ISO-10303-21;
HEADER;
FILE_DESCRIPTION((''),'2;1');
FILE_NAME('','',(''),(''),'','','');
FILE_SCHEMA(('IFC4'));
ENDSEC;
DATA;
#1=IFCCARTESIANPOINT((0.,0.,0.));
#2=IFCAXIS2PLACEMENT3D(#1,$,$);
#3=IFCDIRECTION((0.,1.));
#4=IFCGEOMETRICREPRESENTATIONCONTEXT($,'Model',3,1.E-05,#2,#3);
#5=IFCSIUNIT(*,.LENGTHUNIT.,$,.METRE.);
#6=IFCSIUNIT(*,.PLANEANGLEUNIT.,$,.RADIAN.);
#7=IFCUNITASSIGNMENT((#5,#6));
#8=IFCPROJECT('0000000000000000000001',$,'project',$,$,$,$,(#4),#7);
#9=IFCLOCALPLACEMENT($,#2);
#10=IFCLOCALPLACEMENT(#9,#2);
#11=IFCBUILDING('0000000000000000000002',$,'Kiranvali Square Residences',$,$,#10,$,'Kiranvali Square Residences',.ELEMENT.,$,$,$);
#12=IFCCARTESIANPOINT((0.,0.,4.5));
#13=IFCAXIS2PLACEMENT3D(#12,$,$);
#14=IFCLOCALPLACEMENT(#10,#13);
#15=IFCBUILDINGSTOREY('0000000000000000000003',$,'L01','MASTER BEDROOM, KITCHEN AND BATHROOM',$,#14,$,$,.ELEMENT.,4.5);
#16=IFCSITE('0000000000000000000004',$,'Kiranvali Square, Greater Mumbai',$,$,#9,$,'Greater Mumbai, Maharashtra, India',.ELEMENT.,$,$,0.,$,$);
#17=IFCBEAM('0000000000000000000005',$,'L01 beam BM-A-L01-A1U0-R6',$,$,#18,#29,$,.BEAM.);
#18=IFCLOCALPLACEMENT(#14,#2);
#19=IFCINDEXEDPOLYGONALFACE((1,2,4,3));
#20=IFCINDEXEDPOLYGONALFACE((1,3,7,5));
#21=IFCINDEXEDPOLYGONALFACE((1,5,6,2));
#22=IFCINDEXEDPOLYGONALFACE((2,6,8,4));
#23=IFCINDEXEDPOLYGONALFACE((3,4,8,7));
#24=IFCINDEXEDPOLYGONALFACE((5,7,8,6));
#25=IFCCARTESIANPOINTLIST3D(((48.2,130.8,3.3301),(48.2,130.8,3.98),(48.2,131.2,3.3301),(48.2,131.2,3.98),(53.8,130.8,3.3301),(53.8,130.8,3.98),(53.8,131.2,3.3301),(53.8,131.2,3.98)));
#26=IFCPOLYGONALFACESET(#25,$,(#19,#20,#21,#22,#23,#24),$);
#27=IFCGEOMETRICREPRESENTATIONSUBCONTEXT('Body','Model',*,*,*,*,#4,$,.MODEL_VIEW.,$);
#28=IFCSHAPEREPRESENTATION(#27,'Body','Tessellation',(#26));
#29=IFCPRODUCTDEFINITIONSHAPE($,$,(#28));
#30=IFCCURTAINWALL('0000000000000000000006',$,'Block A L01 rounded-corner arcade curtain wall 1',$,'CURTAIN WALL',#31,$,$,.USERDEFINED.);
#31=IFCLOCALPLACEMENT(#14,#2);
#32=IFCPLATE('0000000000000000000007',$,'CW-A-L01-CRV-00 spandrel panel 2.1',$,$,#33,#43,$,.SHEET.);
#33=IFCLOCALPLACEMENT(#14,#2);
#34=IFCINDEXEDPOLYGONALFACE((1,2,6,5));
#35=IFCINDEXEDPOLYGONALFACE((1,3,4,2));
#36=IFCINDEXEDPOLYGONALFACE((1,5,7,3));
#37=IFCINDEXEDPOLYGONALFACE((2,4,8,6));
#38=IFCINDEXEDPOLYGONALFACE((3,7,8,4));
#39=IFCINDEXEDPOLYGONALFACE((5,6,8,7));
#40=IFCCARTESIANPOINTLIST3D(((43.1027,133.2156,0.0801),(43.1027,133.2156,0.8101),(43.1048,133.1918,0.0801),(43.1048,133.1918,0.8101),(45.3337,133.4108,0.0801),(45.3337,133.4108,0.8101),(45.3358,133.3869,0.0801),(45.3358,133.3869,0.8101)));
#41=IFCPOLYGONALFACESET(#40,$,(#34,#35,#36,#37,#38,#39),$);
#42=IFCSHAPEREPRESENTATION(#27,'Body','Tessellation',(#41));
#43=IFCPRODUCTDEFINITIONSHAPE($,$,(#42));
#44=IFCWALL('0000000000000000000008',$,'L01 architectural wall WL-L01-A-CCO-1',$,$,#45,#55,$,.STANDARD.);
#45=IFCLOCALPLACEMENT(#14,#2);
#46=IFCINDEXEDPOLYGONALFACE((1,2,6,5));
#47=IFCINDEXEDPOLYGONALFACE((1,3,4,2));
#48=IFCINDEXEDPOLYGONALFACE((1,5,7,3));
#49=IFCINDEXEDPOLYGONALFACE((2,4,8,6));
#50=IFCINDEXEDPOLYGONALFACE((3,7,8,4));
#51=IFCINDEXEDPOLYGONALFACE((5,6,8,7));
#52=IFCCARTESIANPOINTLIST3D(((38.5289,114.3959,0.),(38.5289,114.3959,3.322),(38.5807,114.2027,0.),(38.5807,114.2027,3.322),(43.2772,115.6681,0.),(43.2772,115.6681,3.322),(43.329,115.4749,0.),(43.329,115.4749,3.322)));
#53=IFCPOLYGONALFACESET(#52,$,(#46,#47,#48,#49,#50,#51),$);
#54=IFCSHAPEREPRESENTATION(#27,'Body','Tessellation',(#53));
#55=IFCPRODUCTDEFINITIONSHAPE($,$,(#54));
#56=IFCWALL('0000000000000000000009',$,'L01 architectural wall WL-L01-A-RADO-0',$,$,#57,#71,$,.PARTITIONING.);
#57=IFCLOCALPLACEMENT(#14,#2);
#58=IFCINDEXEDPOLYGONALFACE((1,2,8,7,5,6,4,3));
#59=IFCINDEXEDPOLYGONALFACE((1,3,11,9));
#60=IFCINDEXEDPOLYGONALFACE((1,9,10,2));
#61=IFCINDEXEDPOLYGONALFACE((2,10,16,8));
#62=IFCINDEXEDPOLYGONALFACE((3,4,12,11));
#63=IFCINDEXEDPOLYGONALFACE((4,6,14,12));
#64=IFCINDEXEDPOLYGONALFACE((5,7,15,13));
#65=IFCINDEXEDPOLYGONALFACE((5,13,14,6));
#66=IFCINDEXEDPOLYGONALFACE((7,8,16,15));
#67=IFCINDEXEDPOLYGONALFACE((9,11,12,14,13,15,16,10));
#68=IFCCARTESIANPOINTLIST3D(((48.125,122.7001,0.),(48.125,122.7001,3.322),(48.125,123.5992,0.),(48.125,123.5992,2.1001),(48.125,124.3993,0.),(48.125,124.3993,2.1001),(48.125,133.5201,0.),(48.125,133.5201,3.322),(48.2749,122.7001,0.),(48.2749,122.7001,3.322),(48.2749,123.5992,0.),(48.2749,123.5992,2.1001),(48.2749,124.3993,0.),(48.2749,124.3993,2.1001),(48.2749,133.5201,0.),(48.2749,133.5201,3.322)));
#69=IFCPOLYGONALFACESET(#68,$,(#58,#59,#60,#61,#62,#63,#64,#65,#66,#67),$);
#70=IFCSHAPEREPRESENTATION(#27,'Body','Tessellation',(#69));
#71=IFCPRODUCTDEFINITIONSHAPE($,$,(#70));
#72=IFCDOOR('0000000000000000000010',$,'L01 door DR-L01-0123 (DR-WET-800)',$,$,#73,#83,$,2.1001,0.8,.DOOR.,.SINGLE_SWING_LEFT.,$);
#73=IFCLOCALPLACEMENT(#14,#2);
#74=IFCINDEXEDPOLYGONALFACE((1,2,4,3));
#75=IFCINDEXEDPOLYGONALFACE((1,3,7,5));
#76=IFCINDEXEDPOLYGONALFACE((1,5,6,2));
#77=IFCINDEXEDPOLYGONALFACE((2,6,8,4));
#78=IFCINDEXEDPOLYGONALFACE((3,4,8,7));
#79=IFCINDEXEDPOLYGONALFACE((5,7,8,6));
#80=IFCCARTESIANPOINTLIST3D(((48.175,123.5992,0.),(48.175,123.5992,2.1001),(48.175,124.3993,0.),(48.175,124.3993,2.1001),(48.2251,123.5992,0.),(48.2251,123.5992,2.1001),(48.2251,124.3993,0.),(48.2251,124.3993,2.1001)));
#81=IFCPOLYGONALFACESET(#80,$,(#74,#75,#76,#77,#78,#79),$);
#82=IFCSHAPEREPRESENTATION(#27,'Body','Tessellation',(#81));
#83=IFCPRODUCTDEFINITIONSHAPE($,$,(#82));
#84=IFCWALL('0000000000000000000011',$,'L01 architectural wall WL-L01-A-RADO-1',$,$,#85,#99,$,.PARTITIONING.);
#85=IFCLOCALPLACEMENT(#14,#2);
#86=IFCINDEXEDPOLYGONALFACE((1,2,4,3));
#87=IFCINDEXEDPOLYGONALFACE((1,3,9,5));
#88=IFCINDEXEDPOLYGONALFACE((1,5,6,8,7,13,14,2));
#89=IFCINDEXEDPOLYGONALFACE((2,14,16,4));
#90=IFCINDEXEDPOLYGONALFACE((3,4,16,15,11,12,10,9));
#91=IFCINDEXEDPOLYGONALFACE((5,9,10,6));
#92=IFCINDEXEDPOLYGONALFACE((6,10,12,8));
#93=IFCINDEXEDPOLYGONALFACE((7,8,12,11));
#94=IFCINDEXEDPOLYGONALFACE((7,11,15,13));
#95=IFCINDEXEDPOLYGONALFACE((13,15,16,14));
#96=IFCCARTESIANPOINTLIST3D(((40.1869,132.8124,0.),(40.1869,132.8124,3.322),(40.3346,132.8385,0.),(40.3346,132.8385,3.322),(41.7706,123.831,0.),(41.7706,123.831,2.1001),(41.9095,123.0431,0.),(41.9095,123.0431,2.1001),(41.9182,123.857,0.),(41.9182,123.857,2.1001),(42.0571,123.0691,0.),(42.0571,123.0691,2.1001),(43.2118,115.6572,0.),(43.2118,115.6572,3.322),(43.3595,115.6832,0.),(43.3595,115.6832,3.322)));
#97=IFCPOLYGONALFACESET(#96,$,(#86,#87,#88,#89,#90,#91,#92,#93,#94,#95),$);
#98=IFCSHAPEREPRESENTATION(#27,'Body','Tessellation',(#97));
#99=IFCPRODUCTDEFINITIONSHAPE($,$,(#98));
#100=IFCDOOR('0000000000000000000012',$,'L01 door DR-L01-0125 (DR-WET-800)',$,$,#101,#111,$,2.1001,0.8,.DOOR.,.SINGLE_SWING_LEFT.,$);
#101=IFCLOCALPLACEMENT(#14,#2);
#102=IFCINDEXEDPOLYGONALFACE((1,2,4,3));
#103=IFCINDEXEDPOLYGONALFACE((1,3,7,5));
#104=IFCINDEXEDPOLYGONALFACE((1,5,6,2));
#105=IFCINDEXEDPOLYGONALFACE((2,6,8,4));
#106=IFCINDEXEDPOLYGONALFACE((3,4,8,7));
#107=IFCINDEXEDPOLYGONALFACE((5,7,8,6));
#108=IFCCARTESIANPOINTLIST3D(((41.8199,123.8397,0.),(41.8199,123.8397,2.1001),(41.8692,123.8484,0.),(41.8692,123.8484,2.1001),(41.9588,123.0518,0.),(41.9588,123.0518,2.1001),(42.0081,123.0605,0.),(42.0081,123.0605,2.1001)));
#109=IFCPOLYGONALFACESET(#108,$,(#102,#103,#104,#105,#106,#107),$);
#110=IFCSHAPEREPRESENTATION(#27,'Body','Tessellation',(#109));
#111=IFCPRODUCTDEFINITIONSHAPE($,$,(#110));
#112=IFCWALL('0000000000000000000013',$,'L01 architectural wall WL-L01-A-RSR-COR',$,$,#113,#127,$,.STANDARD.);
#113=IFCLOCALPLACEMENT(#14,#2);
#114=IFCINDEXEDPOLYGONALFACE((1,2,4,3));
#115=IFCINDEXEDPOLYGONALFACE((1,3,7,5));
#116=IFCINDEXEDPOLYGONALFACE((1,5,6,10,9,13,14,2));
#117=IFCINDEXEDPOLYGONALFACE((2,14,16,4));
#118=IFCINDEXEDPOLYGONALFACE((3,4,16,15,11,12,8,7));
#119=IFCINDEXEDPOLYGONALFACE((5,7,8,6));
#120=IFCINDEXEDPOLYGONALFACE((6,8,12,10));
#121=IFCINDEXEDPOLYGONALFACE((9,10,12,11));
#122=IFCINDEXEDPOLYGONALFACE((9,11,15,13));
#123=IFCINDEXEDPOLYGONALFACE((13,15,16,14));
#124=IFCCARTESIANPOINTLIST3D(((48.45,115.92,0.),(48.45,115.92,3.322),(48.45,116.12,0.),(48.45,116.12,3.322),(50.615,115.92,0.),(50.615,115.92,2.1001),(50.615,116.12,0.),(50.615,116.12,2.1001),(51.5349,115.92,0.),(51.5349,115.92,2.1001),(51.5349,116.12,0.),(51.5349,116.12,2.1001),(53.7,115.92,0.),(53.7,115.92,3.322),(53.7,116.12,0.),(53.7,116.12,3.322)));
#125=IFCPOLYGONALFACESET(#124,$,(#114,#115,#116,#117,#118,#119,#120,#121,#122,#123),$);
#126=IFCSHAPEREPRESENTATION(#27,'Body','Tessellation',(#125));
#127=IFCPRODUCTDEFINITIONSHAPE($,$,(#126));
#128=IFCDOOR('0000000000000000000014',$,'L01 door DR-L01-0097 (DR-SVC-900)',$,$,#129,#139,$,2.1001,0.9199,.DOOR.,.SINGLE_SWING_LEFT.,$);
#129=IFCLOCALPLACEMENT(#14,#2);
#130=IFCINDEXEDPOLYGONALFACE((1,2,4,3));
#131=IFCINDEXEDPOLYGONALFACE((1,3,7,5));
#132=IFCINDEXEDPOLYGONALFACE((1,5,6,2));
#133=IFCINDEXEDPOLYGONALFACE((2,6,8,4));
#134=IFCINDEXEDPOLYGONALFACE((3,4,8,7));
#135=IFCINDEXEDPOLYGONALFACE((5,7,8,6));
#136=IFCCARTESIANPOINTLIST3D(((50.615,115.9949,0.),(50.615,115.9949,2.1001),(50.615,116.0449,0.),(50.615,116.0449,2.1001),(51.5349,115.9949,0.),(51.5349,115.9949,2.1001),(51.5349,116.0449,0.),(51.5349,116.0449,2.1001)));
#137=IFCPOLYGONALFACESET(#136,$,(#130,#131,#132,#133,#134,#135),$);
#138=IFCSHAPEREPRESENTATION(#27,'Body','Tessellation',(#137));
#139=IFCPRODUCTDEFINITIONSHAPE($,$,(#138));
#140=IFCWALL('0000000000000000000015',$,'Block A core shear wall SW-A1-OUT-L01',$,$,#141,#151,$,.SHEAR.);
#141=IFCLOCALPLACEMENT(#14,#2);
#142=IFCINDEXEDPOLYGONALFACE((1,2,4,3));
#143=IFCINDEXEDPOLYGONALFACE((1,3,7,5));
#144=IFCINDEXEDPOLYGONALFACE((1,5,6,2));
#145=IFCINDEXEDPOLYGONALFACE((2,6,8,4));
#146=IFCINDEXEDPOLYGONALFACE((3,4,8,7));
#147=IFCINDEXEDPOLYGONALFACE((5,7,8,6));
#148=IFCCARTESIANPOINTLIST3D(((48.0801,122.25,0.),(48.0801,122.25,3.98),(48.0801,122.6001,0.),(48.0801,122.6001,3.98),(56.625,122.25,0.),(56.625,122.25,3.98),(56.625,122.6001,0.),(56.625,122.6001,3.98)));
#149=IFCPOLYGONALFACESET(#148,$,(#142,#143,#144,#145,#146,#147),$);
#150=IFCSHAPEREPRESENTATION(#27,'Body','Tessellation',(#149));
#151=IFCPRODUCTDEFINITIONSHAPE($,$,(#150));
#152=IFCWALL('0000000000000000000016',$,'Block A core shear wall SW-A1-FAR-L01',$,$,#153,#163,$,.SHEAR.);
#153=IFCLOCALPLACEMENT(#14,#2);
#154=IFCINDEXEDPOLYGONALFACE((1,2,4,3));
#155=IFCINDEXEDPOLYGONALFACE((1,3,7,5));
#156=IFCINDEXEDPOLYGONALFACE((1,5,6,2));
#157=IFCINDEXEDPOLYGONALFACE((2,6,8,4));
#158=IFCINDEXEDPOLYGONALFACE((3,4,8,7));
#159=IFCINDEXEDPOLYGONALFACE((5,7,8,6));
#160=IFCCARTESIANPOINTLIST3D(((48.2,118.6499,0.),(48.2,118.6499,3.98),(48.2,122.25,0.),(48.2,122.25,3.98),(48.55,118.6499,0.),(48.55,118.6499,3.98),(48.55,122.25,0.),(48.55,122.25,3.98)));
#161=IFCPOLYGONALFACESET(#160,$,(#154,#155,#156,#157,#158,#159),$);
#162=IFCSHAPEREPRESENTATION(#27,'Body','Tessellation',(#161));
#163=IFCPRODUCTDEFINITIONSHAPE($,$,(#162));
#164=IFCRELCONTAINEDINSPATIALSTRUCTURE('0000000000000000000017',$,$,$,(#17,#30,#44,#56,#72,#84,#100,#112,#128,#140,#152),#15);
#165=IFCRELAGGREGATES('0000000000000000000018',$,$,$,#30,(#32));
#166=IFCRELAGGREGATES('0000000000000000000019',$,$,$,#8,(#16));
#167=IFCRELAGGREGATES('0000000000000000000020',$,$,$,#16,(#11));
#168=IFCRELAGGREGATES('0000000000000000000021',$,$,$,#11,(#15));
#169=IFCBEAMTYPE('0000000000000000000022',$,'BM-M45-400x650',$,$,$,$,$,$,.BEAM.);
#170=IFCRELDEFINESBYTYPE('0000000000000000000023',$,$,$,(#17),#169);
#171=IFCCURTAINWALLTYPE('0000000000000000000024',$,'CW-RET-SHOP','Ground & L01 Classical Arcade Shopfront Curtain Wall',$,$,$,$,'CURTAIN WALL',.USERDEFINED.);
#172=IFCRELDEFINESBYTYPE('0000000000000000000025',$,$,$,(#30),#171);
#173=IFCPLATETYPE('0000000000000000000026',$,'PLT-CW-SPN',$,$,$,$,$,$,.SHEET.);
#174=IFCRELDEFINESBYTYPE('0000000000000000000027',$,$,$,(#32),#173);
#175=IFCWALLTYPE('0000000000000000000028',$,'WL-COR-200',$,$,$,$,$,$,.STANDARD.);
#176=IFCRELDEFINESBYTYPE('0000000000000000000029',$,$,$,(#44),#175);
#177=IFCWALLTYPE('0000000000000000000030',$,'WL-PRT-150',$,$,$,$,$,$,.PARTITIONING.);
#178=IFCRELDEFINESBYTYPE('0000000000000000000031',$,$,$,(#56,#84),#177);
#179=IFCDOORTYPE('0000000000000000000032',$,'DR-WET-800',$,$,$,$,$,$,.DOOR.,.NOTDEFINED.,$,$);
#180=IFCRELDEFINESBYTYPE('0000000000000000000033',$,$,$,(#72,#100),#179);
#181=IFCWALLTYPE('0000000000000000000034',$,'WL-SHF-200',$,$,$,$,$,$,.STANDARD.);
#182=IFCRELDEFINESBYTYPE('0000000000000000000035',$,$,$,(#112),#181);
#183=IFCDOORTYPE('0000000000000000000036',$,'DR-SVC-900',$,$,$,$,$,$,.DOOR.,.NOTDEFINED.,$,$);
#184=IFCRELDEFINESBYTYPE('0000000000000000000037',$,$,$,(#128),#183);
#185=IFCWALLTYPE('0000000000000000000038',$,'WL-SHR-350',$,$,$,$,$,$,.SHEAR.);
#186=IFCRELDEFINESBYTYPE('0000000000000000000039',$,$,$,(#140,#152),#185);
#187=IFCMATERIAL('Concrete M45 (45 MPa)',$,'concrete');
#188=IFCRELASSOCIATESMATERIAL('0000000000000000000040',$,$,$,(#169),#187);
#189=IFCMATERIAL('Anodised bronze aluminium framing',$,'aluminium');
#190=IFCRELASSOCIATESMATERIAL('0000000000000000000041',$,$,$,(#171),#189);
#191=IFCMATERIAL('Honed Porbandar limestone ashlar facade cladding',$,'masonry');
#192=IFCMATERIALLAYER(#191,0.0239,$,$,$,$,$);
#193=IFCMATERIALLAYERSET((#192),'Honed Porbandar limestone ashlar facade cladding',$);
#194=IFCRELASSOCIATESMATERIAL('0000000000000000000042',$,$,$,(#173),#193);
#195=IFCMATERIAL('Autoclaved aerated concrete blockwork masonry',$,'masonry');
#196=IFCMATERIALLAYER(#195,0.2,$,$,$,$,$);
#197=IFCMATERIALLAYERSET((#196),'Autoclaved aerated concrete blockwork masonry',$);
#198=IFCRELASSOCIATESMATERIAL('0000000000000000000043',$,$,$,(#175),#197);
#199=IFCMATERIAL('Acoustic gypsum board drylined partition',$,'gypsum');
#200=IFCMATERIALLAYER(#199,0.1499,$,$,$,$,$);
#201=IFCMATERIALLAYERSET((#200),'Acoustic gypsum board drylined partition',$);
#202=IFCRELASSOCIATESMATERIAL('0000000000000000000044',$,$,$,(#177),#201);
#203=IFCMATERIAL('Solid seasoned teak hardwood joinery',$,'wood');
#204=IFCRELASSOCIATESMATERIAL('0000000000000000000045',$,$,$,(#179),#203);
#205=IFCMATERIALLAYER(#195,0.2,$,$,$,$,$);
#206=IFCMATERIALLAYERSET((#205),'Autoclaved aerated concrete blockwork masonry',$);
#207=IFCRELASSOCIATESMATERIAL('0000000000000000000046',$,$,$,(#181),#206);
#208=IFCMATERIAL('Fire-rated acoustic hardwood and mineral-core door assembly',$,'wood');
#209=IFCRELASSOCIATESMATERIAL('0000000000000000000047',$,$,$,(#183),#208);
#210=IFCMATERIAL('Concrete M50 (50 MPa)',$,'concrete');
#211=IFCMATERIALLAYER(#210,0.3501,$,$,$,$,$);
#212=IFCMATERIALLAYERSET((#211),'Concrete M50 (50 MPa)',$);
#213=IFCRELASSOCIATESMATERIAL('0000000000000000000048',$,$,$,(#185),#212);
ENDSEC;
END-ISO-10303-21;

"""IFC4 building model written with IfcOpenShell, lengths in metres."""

from ifc_helpers import new_model, si_unit, direction, frame, frame_2d, origin, origin_2d, place, context, subcontext, project, spatial, rectangle, extrude, material, layer, layer_set, material_profile, profile_set, type_object, element, fill, aggregate, save


model = new_model("IFC4")

# Units and contexts
model_context = context("Model", 3, precision=1e-05, world=origin(), true_north=direction((0.0, 1.0)))
body_context = subcontext(model_context, "Body", "Model", "MODEL_VIEW")
ifc_project = project(units=[si_unit("LENGTHUNIT", "METRE"), si_unit("PLANEANGLEUNIT", "RADIAN")], contexts=[model_context])

# Site, building, storey
site_placement = place(None, origin())
site = spatial("IfcSite", under=ifc_project, at=site_placement, Name="Kiranvali Square, Greater Mumbai", LongName="Greater Mumbai, Maharashtra, India", CompositionType="ELEMENT", RefElevation=0.0)
building_placement = place(site_placement, origin())
building = spatial("IfcBuilding", under=site, at=building_placement, Name="Kiranvali Square Residences", LongName="Kiranvali Square Residences", CompositionType="ELEMENT")
storey_placement = place(building_placement, frame((0.0, 0.0, 4.5)))
storey = spatial("IfcBuildingStorey", under=building, at=storey_placement, Name="L01", Description="MASTER BEDROOM, KITCHEN AND BATHROOM", CompositionType="ELEMENT", Elevation=4.5)

# Shared definitions
ifc_material_1 = material(Name="Concrete M45 (45 MPa)", Category="concrete")
ifc_material_2 = material(Name="Concrete M50 (50 MPa)", Category="concrete")

# Beam
ifc_material_profile_1 = material_profile(ifc_material_1, rectangle(XDim=0.3999, YDim=0.6499, at=origin_2d()), Name="RC 400x650")
ifc_profile_set_1 = profile_set([ifc_material_profile_1], Name="Concrete M45 (45 MPa)")
beam_type = type_object("IfcBeamType", Name="BM-M45-400x650", PredefinedType="BEAM", material=ifc_profile_set_1)
for number, where, z_axis, x_axis, name in (
    (1, (48.2, 131.0, 3.655), (1.0, 0.0, 0.0), (0.0, 1.0, 0.0), "L01 beam BM-A-L01-A1U0-R6"),
):
    element("IfcBeam", number, at=place(storey_placement, frame(where, z_axis=z_axis, x_axis=x_axis)), inside=storey, type_object=beam_type, Name=name, PredefinedType="BEAM", context=body_context, shape_type="SweptSolid", body=[
        extrude(rectangle(XDim=0.3999, YDim=0.6499, at=origin_2d()), origin(), (0.0, 0.0, 1.0), 5.6001),
    ])

# Curtain wall, plate
ifc_material_3 = material(Name="Anodised bronze aluminium framing", Category="aluminium")
curtain_wall_type = type_object("IfcCurtainWallType", Name="CW-RET-SHOP", Description="Ground & L01 Classical Arcade Shopfront Curtain Wall", ElementType="CURTAIN WALL", PredefinedType="USERDEFINED", material=ifc_material_3)
curtain_wall_placement = place(storey_placement, origin())
curtain_wall = element("IfcCurtainWall", 2, at=curtain_wall_placement, inside=storey, type_object=curtain_wall_type, Name="Block A L01 rounded-corner arcade curtain wall 1", ObjectType="CURTAIN WALL", PredefinedType="USERDEFINED")
ifc_material_4 = material(Name="Honed Porbandar limestone ashlar facade cladding", Category="masonry")
ifc_layer_1 = layer(ifc_material_4, 0.0239)
ifc_layer_set_1 = layer_set([ifc_layer_1], Name="Honed Porbandar limestone ashlar facade cladding")
plate_type = type_object("IfcPlateType", Name="PLT-CW-SPN", PredefinedType="SHEET", material=ifc_layer_set_1)
plate_placement = place(storey_placement, frame((44.2192, 133.3013, 0.0801), z_axis=(0.0, 0.0, 1.0), x_axis=(-0.996195, -0.087156, 0.0)))
plate = element("IfcPlate", 3, at=plate_placement, type_object=plate_type, Name="CW-A-L01-CRV-00 spandrel panel 2.1", PredefinedType="SHEET", context=body_context, shape_type="SweptSolid", body=[
    extrude(rectangle(XDim=2.2395, YDim=0.0239, at=origin_2d()), origin(), (0.0, 0.0, 1.0), 0.73),
])
aggregate(curtain_wall, [plate])

# Shared definitions
ifc_material_5 = material(Name="Autoclaved aerated concrete blockwork masonry", Category="masonry")
ifc_layer_2 = layer(ifc_material_5, 0.2)
ifc_layer_set_2 = layer_set([ifc_layer_2], Name="Autoclaved aerated concrete blockwork masonry")
wall_type_1 = type_object("IfcWallType", Name="WL-COR-200", PredefinedType="STANDARD", material=ifc_layer_set_2)
ifc_material_6 = material(Name="Fire-rated acoustic hardwood and mineral-core door assembly", Category="wood")

# Wall
wall_1_placement = place(storey_placement, frame((43.3032, 115.5715, 0.0), z_axis=(0.0, 0.0, 1.0), x_axis=(-0.96593, -0.258803, 0.0)))
element("IfcWall", 4, at=wall_1_placement, inside=storey, type_object=wall_type_1, Name="L01 architectural wall WL-L01-A-CCO-1", PredefinedType="STANDARD", context=body_context, shape_type="SweptSolid", body=[
    extrude(rectangle(XDim=4.9158, YDim=0.2, at=frame_2d((2.458, 0.0))), origin(), (0.0, 0.0, 1.0), 3.322),
])

# Walls, openings, doors
ifc_material_7 = material(Name="Acoustic gypsum board drylined partition", Category="gypsum")
ifc_layer_3 = layer(ifc_material_7, 0.1499)
ifc_layer_set_3 = layer_set([ifc_layer_3], Name="Acoustic gypsum board drylined partition")
wall_type_2 = type_object("IfcWallType", Name="WL-PRT-150", PredefinedType="PARTITIONING", material=ifc_layer_set_3)
wall_2_placement = place(storey_placement, frame((48.2, 122.7, 0.0), z_axis=(0.0, 0.0, 1.0), x_axis=(0.0, 1.0, 0.0)))
wall_2 = element("IfcWall", 5, at=wall_2_placement, inside=storey, type_object=wall_type_2, Name="L01 architectural wall WL-L01-A-RADO-0", PredefinedType="PARTITIONING", context=body_context, shape_type="SweptSolid", body=[
    extrude(rectangle(XDim=10.8201, YDim=0.1499, at=frame_2d((5.4102, 0.0))), origin(), (0.0, 0.0, 1.0), 3.322),
])
opening_1_placement = place(wall_2_placement, frame((0.8994, 0.0, 0.0)))
opening_1 = element("IfcOpeningElement", 6, at=opening_1_placement, cuts=wall_2, PredefinedType="OPENING", context=body_context, shape_type="SweptSolid", body=[
    extrude(rectangle(XDim=0.8, YDim=2.1001, at=frame_2d((0.3999, 1.05))), frame((0.0, 0.085, 0.0), z_axis=(0.0, -1.0, 0.0), x_axis=(1.0, 0.0, 0.0)), (0.0, 0.0, 1.0), 0.1699),
])
ifc_material_8 = material(Name="Solid seasoned teak hardwood joinery", Category="wood")
door_type_1 = type_object("IfcDoorType", Name="DR-WET-800", OperationType="NOTDEFINED", PredefinedType="DOOR", material=ifc_material_8)
door_1_placement = place(opening_1_placement, origin())
door_1 = element("IfcDoor", 7, at=door_1_placement, inside=storey, type_object=door_type_1, Name="L01 door DR-L01-0123 (DR-WET-800)", OperationType="SINGLE_SWING_LEFT", OverallHeight=2.1001, OverallWidth=0.8, PredefinedType="DOOR", context=body_context, shape_type="SweptSolid", body=[
    extrude(rectangle(XDim=0.8, YDim=2.1001, at=frame_2d((0.3999, 1.05))), frame((0.0, 0.0249, 0.0), z_axis=(0.0, -1.0, 0.0), x_axis=(1.0, 0.0, 0.0)), (0.0, 0.0, 1.0), 0.05),
])
fill(opening_1, door_1)
wall_3_placement = place(storey_placement, frame((43.2856, 115.6702, 0.0), z_axis=(0.0, 0.0, 1.0), x_axis=(-0.173646, 0.984808, 0.0)))
wall_3 = element("IfcWall", 8, at=wall_3_placement, inside=storey, type_object=wall_type_2, Name="L01 architectural wall WL-L01-A-RADO-1", PredefinedType="PARTITIONING", context=body_context, shape_type="SweptSolid", body=[
    extrude(rectangle(XDim=17.4199, YDim=0.1499, at=frame_2d((8.71, 0.0))), origin(), (0.0, 0.0, 1.0), 3.322),
])
opening_2_placement = place(wall_3_placement, frame((7.5, 0.0, 0.0)))
opening_2 = element("IfcOpeningElement", 9, at=opening_2_placement, cuts=wall_3, PredefinedType="OPENING", context=body_context, shape_type="SweptSolid", body=[
    extrude(rectangle(XDim=0.8, YDim=2.1001, at=frame_2d((0.3999, 1.05))), frame((0.0, 0.085, 0.0), z_axis=(0.0, -1.0, 0.0), x_axis=(1.0, 0.0, 0.0)), (0.0, 0.0, 1.0), 0.1699),
])
door_2_placement = place(opening_2_placement, origin())
door_2 = element("IfcDoor", 10, at=door_2_placement, inside=storey, type_object=door_type_1, Name="L01 door DR-L01-0125 (DR-WET-800)", OperationType="SINGLE_SWING_LEFT", OverallHeight=2.1001, OverallWidth=0.8, PredefinedType="DOOR", context=body_context, shape_type="SweptSolid", body=[
    extrude(rectangle(XDim=0.8, YDim=2.1001, at=frame_2d((0.3999, 1.05))), frame((0.0, 0.0249, 0.0), z_axis=(0.0, -1.0, 0.0), x_axis=(1.0, 0.0, 0.0)), (0.0, 0.0, 1.0), 0.05),
])
fill(opening_2, door_2)
ifc_layer_4 = layer(ifc_material_5, 0.2)
ifc_layer_set_4 = layer_set([ifc_layer_4], Name="Autoclaved aerated concrete blockwork masonry")
wall_type_3 = type_object("IfcWallType", Name="WL-SHF-200", PredefinedType="STANDARD", material=ifc_layer_set_4)
wall_4_placement = place(storey_placement, frame((48.45, 116.02, 0.0), z_axis=(0.0, 0.0, 1.0), x_axis=(1.0, 0.0, 0.0)))
wall_4 = element("IfcWall", 11, at=wall_4_placement, inside=storey, type_object=wall_type_3, Name="L01 architectural wall WL-L01-A-RSR-COR", PredefinedType="STANDARD", context=body_context, shape_type="SweptSolid", body=[
    extrude(rectangle(XDim=5.25, YDim=0.2, at=frame_2d((2.625, 0.0))), origin(), (0.0, 0.0, 1.0), 3.322),
])
opening_3_placement = place(wall_4_placement, frame((2.165, 0.0, 0.0)))
opening_3 = element("IfcOpeningElement", 12, at=opening_3_placement, cuts=wall_4, PredefinedType="OPENING", context=body_context, shape_type="SweptSolid", body=[
    extrude(rectangle(XDim=0.9199, YDim=2.1001, at=frame_2d((0.46, 1.05))), frame((0.0, 0.1099, 0.0), z_axis=(0.0, -1.0, 0.0), x_axis=(1.0, 0.0, 0.0)), (0.0, 0.0, 1.0), 0.22),
])
door_type_2 = type_object("IfcDoorType", Name="DR-SVC-900", OperationType="NOTDEFINED", PredefinedType="DOOR", material=ifc_material_6)
door_3_placement = place(opening_3_placement, origin())
door_3 = element("IfcDoor", 13, at=door_3_placement, inside=storey, type_object=door_type_2, Name="L01 door DR-L01-0097 (DR-SVC-900)", OperationType="SINGLE_SWING_LEFT", OverallHeight=2.1001, OverallWidth=0.9199, PredefinedType="DOOR", context=body_context, shape_type="SweptSolid", body=[
    extrude(rectangle(XDim=0.9199, YDim=2.1001, at=frame_2d((0.46, 1.05))), frame((0.0, 0.0249, 0.0), z_axis=(0.0, -1.0, 0.0), x_axis=(1.0, 0.0, 0.0)), (0.0, 0.0, 1.0), 0.05),
])
fill(opening_3, door_3)

# Wall
ifc_layer_5 = layer(ifc_material_2, 0.3501)
ifc_layer_set_5 = layer_set([ifc_layer_5], Name="Concrete M50 (50 MPa)")
wall_type_4 = type_object("IfcWallType", Name="WL-SHR-350", PredefinedType="SHEAR", material=ifc_layer_set_5)
wall_5_placement = place(storey_placement, frame((48.0801, 122.425, 0.0), z_axis=(0.0, 0.0, 1.0), x_axis=(1.0, 0.0, 0.0)))
element("IfcWall", 14, at=wall_5_placement, inside=storey, type_object=wall_type_4, Name="Block A core shear wall SW-A1-OUT-L01", PredefinedType="SHEAR", context=body_context, shape_type="SweptSolid", body=[
    extrude(rectangle(XDim=8.5449, YDim=0.3501, at=frame_2d((4.2725, 0.0))), origin(), (0.0, 0.0, 1.0), 3.98),
])

# Wall
wall_6_placement = place(storey_placement, frame((48.375, 118.6499, 0.0), z_axis=(0.0, 0.0, 1.0), x_axis=(0.0, 1.0, 0.0)))
element("IfcWall", 15, at=wall_6_placement, inside=storey, type_object=wall_type_4, Name="Block A core shear wall SW-A1-FAR-L01", PredefinedType="SHEAR", context=body_context, shape_type="SweptSolid", body=[
    extrude(rectangle(XDim=3.6001, YDim=0.3501, at=frame_2d((1.8, 0.0))), origin(), (0.0, 0.0, 1.0), 3.98),
])

save(model, "model.ifc")
